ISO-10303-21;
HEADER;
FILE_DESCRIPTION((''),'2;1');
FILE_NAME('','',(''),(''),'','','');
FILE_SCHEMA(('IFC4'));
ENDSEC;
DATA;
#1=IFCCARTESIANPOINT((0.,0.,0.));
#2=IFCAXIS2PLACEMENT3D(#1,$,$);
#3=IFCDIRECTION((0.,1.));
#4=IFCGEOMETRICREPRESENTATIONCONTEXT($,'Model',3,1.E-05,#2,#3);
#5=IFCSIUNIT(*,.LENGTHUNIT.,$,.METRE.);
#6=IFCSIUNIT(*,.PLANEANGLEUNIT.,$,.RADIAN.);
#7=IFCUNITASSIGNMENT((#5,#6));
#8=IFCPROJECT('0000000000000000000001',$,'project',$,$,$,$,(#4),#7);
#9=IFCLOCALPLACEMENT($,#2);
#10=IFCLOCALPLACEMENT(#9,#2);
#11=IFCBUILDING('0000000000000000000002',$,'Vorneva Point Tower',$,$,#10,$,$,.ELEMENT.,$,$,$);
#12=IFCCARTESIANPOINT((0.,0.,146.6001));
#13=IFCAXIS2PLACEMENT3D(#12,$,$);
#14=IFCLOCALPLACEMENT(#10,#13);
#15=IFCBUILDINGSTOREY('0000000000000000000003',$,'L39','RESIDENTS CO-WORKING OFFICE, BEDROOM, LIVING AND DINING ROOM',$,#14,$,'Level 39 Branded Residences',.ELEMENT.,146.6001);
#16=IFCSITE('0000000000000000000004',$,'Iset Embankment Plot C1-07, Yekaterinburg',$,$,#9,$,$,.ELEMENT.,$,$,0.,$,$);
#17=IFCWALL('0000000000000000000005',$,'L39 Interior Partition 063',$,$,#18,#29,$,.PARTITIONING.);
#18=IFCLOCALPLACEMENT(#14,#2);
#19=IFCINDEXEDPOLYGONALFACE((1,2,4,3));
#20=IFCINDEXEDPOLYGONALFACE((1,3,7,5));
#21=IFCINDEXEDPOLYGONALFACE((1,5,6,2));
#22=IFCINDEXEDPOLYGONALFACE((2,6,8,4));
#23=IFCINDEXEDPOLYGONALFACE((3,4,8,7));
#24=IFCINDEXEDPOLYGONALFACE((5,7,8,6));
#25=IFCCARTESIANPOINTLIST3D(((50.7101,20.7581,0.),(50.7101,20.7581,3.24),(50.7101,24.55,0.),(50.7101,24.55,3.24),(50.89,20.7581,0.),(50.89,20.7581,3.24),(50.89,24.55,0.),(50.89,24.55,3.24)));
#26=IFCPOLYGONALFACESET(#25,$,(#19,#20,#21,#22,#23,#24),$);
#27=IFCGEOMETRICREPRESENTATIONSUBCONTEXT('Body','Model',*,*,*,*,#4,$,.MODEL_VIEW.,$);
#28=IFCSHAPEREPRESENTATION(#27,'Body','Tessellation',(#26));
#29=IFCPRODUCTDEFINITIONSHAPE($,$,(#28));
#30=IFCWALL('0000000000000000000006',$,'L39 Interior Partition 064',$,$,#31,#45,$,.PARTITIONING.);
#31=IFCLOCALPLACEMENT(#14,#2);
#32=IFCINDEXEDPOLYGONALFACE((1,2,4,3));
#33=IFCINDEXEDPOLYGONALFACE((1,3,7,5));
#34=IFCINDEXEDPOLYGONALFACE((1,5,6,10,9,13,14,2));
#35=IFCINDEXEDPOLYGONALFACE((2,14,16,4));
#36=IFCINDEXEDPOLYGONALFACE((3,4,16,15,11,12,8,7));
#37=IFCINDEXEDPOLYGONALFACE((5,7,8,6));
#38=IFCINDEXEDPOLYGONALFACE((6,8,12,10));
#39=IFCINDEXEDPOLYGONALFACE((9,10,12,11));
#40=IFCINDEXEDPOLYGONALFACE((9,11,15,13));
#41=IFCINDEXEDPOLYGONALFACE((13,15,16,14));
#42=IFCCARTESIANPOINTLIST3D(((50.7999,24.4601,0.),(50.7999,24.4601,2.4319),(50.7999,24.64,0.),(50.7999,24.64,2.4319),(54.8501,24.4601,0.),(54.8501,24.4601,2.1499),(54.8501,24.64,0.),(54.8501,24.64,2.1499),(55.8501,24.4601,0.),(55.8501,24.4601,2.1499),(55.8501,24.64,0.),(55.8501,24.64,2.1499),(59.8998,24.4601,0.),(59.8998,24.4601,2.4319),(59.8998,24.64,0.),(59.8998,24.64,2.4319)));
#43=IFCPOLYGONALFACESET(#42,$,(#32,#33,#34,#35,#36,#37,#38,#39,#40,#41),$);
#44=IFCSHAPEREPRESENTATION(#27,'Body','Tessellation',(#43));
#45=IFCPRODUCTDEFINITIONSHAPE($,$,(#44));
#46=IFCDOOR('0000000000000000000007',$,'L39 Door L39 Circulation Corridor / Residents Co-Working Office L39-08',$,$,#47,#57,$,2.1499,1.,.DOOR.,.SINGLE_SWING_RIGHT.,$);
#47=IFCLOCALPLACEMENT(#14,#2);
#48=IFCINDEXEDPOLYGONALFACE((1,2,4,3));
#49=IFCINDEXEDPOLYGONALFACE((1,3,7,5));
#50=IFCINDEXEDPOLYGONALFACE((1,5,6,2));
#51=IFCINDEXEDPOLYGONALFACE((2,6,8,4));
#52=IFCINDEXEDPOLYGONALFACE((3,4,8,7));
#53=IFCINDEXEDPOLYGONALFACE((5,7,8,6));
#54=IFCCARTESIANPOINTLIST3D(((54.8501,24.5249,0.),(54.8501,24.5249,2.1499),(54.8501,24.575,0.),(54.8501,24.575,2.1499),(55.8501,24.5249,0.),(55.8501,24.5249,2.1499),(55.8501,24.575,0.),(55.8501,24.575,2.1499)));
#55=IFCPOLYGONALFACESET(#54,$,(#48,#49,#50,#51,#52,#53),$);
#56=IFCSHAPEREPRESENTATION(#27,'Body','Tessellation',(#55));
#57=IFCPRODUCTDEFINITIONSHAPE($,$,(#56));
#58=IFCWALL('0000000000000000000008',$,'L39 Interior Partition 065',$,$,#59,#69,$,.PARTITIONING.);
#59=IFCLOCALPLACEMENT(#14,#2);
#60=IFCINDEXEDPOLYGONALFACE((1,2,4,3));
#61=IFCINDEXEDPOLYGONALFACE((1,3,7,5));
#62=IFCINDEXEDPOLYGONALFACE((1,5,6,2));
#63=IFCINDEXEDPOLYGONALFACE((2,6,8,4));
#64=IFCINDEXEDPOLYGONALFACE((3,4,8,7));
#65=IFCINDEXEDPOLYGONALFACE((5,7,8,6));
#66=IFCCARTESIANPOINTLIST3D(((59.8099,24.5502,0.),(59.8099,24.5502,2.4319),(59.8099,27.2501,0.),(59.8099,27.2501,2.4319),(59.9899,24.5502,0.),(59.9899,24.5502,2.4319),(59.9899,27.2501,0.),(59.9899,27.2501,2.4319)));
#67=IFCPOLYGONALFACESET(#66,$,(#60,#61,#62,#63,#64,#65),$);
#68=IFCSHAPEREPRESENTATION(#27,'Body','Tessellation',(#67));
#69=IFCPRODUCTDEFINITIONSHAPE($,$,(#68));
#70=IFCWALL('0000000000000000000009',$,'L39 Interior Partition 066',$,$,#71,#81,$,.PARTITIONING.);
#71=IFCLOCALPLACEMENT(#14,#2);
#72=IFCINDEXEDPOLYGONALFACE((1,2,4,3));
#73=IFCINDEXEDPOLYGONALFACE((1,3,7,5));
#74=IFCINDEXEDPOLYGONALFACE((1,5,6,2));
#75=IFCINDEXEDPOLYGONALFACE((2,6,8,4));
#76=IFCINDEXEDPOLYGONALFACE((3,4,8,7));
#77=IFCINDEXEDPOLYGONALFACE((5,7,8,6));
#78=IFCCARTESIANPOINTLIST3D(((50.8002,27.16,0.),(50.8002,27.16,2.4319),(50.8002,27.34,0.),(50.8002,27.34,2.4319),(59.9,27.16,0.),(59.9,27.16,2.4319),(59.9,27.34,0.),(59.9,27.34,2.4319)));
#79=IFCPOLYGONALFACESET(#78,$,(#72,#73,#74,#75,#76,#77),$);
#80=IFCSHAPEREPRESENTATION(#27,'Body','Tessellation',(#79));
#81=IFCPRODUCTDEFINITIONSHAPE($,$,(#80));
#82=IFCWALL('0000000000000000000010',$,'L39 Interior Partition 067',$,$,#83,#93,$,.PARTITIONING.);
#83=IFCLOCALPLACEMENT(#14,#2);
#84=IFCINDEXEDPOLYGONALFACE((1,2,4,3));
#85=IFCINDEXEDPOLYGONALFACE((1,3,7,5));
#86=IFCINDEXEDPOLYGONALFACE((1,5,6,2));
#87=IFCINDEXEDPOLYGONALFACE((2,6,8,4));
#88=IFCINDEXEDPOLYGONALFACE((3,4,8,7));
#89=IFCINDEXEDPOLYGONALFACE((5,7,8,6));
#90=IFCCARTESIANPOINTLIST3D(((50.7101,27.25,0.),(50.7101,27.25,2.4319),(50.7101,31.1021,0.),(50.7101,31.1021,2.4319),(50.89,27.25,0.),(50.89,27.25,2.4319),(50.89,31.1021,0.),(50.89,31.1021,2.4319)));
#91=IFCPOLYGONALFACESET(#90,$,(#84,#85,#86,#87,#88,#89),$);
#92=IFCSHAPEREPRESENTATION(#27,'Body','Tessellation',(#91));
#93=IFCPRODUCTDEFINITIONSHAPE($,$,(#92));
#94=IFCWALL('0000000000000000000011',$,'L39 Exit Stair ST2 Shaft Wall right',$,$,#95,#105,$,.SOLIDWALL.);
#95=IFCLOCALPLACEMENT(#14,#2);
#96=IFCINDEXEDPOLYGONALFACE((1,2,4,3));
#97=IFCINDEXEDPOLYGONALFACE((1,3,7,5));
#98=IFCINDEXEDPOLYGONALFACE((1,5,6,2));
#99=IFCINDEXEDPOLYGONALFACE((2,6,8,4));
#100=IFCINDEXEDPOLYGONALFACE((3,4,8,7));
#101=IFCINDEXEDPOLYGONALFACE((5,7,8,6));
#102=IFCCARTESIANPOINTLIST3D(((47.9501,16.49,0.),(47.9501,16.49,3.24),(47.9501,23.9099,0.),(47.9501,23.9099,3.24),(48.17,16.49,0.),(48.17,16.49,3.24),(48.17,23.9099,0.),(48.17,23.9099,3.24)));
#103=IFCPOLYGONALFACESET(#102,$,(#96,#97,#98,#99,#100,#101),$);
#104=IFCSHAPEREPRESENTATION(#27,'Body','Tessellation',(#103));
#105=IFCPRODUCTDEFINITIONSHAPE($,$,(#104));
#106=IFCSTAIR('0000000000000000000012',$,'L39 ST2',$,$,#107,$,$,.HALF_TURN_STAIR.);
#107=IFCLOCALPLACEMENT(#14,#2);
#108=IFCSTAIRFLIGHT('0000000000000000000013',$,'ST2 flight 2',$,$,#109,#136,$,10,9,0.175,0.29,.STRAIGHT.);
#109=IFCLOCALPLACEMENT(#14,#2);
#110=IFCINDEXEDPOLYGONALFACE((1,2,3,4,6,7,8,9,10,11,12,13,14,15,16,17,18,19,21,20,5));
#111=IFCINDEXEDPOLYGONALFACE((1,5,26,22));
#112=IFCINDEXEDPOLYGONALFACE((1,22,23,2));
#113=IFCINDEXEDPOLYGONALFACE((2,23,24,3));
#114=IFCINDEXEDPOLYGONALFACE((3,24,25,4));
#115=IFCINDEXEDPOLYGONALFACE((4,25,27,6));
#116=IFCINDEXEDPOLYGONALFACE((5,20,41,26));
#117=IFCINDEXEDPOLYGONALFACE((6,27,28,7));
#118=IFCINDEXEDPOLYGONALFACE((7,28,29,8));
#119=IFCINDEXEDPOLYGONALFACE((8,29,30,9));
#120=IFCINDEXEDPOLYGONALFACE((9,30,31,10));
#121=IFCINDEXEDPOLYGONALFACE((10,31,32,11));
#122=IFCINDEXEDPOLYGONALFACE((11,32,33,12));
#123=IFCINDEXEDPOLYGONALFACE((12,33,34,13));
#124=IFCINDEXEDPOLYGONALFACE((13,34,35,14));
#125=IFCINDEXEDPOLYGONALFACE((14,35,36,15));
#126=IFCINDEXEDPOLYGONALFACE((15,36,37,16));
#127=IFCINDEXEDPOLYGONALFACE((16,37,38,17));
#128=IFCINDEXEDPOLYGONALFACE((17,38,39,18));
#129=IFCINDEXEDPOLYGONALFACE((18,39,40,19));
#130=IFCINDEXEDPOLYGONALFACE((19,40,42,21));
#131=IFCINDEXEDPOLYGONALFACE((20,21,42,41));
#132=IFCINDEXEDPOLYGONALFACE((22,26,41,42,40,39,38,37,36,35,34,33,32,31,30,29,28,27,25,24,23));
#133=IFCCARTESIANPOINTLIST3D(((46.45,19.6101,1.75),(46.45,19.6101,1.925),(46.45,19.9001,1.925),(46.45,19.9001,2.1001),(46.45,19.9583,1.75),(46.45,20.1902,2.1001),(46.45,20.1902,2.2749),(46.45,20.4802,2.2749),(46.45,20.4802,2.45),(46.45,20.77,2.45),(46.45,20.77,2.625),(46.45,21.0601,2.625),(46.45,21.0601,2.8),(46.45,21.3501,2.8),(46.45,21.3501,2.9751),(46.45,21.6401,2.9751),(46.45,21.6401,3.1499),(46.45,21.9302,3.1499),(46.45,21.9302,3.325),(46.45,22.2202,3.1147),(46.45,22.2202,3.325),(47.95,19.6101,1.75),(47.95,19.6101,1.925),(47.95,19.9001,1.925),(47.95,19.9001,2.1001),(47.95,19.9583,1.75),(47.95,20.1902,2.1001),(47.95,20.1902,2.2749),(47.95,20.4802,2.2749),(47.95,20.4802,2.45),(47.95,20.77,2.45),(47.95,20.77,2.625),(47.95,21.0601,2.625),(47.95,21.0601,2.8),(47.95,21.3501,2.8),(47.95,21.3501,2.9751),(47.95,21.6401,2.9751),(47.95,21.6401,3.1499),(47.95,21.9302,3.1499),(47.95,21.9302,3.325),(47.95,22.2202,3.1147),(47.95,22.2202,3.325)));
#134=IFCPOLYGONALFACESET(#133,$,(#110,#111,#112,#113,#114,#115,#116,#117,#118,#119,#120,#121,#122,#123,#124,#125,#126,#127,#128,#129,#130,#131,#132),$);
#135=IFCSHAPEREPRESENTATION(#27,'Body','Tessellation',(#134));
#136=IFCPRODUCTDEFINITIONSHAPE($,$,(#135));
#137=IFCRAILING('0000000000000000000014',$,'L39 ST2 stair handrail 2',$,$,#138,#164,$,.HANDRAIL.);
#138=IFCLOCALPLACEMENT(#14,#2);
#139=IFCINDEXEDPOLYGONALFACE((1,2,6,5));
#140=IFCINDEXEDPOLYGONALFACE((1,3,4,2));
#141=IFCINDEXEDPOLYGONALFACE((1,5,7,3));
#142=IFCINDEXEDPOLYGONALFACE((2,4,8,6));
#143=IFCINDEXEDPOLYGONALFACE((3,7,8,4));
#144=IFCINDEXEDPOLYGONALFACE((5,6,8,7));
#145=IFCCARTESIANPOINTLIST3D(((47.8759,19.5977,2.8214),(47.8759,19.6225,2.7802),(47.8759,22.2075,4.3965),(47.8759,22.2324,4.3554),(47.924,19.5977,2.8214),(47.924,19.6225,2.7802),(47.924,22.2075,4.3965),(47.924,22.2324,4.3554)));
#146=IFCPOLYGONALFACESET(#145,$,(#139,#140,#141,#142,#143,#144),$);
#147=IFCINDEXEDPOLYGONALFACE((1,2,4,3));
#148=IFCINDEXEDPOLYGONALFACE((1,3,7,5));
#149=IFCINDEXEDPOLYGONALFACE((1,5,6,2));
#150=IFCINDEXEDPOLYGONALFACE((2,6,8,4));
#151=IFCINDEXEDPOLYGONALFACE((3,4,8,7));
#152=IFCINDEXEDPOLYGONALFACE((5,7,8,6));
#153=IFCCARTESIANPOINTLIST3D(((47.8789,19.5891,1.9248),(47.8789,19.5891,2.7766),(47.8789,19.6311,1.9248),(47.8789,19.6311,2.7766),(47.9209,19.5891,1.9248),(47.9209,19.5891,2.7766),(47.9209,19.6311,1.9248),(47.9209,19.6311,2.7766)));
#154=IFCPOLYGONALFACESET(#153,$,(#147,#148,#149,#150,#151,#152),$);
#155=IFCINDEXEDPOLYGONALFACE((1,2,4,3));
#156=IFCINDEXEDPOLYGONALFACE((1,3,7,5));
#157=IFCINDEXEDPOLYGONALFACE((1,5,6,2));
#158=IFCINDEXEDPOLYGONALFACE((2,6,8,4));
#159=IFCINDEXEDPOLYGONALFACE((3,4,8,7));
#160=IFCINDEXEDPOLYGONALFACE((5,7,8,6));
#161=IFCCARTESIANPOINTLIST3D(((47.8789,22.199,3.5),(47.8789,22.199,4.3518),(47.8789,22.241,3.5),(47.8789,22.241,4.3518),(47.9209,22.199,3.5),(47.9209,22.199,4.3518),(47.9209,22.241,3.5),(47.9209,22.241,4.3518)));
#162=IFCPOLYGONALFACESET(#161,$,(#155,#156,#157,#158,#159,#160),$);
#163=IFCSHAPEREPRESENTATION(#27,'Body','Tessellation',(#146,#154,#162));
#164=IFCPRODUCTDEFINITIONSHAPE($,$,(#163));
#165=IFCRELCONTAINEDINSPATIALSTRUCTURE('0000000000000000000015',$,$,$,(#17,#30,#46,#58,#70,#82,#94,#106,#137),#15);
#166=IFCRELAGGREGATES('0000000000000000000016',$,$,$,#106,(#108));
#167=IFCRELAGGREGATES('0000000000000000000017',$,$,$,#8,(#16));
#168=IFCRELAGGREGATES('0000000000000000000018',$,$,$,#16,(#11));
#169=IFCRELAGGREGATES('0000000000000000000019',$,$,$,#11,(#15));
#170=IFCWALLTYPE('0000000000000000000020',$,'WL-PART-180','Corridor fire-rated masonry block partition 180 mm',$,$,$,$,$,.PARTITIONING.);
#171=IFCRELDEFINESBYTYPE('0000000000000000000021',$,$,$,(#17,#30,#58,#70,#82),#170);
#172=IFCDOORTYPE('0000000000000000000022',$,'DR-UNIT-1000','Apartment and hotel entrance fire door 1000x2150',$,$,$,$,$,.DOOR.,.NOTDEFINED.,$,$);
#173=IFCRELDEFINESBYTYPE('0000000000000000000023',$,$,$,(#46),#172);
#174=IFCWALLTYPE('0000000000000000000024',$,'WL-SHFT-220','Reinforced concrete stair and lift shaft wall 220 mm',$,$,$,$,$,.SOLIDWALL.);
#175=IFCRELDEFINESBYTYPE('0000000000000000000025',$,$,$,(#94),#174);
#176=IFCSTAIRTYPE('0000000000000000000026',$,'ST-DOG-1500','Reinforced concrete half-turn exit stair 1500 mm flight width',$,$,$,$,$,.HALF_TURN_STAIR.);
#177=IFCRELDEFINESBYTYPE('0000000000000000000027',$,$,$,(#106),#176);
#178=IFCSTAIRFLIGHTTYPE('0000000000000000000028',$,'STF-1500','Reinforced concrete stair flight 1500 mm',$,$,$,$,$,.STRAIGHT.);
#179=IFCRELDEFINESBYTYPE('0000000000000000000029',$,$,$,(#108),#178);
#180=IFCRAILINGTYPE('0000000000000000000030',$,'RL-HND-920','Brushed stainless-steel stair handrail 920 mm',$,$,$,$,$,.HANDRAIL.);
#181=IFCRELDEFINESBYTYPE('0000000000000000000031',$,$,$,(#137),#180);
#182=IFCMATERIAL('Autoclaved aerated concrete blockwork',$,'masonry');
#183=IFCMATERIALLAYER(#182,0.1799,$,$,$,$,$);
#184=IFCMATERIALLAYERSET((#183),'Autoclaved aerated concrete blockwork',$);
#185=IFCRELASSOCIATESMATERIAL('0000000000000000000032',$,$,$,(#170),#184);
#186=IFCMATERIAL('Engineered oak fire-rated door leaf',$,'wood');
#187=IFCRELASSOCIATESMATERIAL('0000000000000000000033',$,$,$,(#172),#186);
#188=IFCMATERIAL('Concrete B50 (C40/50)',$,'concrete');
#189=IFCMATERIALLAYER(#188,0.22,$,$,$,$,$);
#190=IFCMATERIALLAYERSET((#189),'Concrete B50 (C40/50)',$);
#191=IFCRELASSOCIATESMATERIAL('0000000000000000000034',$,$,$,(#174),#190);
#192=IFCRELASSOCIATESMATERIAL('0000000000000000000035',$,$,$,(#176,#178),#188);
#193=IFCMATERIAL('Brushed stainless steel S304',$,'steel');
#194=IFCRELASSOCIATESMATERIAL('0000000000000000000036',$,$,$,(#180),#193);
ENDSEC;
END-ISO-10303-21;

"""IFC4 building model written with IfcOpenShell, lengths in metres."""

from ifc_helpers import new_model, si_unit, direction, frame, frame_2d, origin, origin_2d, place, context, subcontext, project, spatial, polyline, rectangle, outline, extrude, material, layer, layer_set, type_object, element, fill, aggregate, save


model = new_model("IFC4")

# Units and contexts
model_context = context("Model", 3, precision=1e-05, world=origin(), true_north=direction((0.0, 1.0)))
body_context = subcontext(model_context, "Body", "Model", "MODEL_VIEW")
ifc_project = project(units=[si_unit("LENGTHUNIT", "METRE"), si_unit("PLANEANGLEUNIT", "RADIAN")], contexts=[model_context])

# Site, building, storey
site_placement = place(None, origin())
site = spatial("IfcSite", under=ifc_project, at=site_placement, Name="Iset Embankment Plot C1-07, Yekaterinburg", CompositionType="ELEMENT", RefElevation=0.0)
building_placement = place(site_placement, origin())
building = spatial("IfcBuilding", under=site, at=building_placement, Name="Vorneva Point Tower", CompositionType="ELEMENT")
storey_placement = place(building_placement, frame((0.0, 0.0, 146.6001)))
storey = spatial("IfcBuildingStorey", under=building, at=storey_placement, Name="L39", Description="RESIDENTS CO-WORKING OFFICE, BEDROOM, LIVING AND DINING ROOM", LongName="Level 39 Branded Residences", CompositionType="ELEMENT", Elevation=146.6001)

# Shared definitions
ifc_material_1 = material(Name="Autoclaved aerated concrete blockwork", Category="masonry")
ifc_layer_1 = layer(ifc_material_1, 0.1799)
ifc_layer_set_1 = layer_set([ifc_layer_1], Name="Autoclaved aerated concrete blockwork")
wall_type_1 = type_object("IfcWallType", Name="WL-PART-180", Description="Corridor fire-rated masonry block partition 180 mm", PredefinedType="PARTITIONING", material=ifc_layer_set_1)

# Wall
wall_1_placement = place(storey_placement, frame((50.8, 20.7581, 0.0), z_axis=(0.0, 0.0, 1.0), x_axis=(0.0, 1.0, 0.0)))
element("IfcWall", 1, at=wall_1_placement, inside=storey, type_object=wall_type_1, Name="L39 Interior Partition 063", PredefinedType="PARTITIONING", context=body_context, shape_type="SweptSolid", body=[
    extrude(rectangle(XDim=3.792, YDim=0.1799, at=frame_2d((1.896, 0.0))), origin(), (0.0, 0.0, 1.0), 3.24),
])

# Wall, opening, door
wall_2_placement = place(storey_placement, frame((50.8, 24.55, 0.0), z_axis=(0.0, 0.0, 1.0), x_axis=(1.0, 0.0, 0.0)))
wall_2 = element("IfcWall", 2, at=wall_2_placement, inside=storey, type_object=wall_type_1, Name="L39 Interior Partition 064", PredefinedType="PARTITIONING", context=body_context, shape_type="SweptSolid", body=[
    extrude(rectangle(XDim=9.0999, YDim=0.1799, at=frame_2d((4.5498, 0.0))), origin(), (0.0, 0.0, 1.0), 2.4319),
])
opening_1_placement = place(wall_2_placement, frame((4.05, 0.0, 0.0)))
opening_1 = element("IfcOpeningElement", 3, at=opening_1_placement, cuts=wall_2, PredefinedType="OPENING", context=body_context, shape_type="SweptSolid", body=[
    extrude(rectangle(XDim=1.0, YDim=2.1499, at=frame_2d((0.5, 1.075))), frame((0.0, 0.105, 0.0), z_axis=(0.0, -1.0, 0.0), x_axis=(1.0, 0.0, 0.0)), (0.0, 0.0, 1.0), 0.2097),
])
ifc_material_2 = material(Name="Engineered oak fire-rated door leaf", Category="wood")
door_type_1 = type_object("IfcDoorType", Name="DR-UNIT-1000", Description="Apartment and hotel entrance fire door 1000x2150", OperationType="NOTDEFINED", PredefinedType="DOOR", material=ifc_material_2)
door_1_placement = place(opening_1_placement, origin())
door_1 = element("IfcDoor", 4, at=door_1_placement, inside=storey, type_object=door_type_1, Name="L39 Door L39 Circulation Corridor / Residents Co-Working Office L39-08", OperationType="SINGLE_SWING_RIGHT", OverallHeight=2.1499, OverallWidth=1.0, PredefinedType="DOOR", context=body_context, shape_type="SweptSolid", body=[
    extrude(rectangle(XDim=1.0, YDim=2.1499, at=frame_2d((0.5, 1.075))), frame((0.0, 0.0249, 0.0), z_axis=(0.0, -1.0, 0.0), x_axis=(1.0, 0.0, 0.0)), (0.0, 0.0, 1.0), 0.05),
])
fill(opening_1, door_1)

# Walls
wall_3_placement = place(storey_placement, frame((59.8999, 24.55, 0.0), z_axis=(0.0, 0.0, 1.0), x_axis=(0.0, 1.0, 0.0)))
element("IfcWall", 5, at=wall_3_placement, inside=storey, type_object=wall_type_1, Name="L39 Interior Partition 065", PredefinedType="PARTITIONING", context=body_context, shape_type="SweptSolid", body=[
    extrude(rectangle(XDim=2.7, YDim=0.1799, at=frame_2d((1.3501, 0.0))), origin(), (0.0, 0.0, 1.0), 2.4319),
])
wall_4_placement = place(storey_placement, frame((59.8999, 27.25, 0.0), z_axis=(0.0, 0.0, 1.0), x_axis=(-1.0, 0.0, 0.0)))
element("IfcWall", 6, at=wall_4_placement, inside=storey, type_object=wall_type_1, Name="L39 Interior Partition 066", PredefinedType="PARTITIONING", context=body_context, shape_type="SweptSolid", body=[
    extrude(rectangle(XDim=9.0999, YDim=0.1799, at=frame_2d((4.5498, 0.0))), origin(), (0.0, 0.0, 1.0), 2.4319),
])
wall_5_placement = place(storey_placement, frame((50.8, 27.25, 0.0), z_axis=(0.0, 0.0, 1.0), x_axis=(0.0, 1.0, 0.0)))
element("IfcWall", 7, at=wall_5_placement, inside=storey, type_object=wall_type_1, Name="L39 Interior Partition 067", PredefinedType="PARTITIONING", context=body_context, shape_type="SweptSolid", body=[
    extrude(rectangle(XDim=3.8521, YDim=0.1799, at=frame_2d((1.926, 0.0))), origin(), (0.0, 0.0, 1.0), 2.4319),
])
ifc_material_3 = material(Name="Concrete B50 (C40/50)", Category="concrete")
ifc_layer_2 = layer(ifc_material_3, 0.22)
ifc_layer_set_2 = layer_set([ifc_layer_2], Name="Concrete B50 (C40/50)")
wall_type_2 = type_object("IfcWallType", Name="WL-SHFT-220", Description="Reinforced concrete stair and lift shaft wall 220 mm", PredefinedType="SOLIDWALL", material=ifc_layer_set_2)
wall_6_placement = place(storey_placement, frame((48.0601, 23.9099, 0.0), z_axis=(0.0, 0.0, 1.0), x_axis=(0.0, -1.0, 0.0)))
element("IfcWall", 8, at=wall_6_placement, inside=storey, type_object=wall_type_2, Name="L39 Exit Stair ST2 Shaft Wall right", PredefinedType="SOLIDWALL", context=body_context, shape_type="SweptSolid", body=[
    extrude(rectangle(XDim=7.4199, YDim=0.22, at=frame_2d((3.71, 0.0))), origin(), (0.0, 0.0, 1.0), 3.24),
])

# Stair, stair flight
stair_type = type_object("IfcStairType", Name="ST-DOG-1500", Description="Reinforced concrete half-turn exit stair 1500 mm flight width", PredefinedType="HALF_TURN_STAIR", material=ifc_material_3)
stair_placement = place(storey_placement, origin())
stair = element("IfcStair", 9, at=stair_placement, inside=storey, type_object=stair_type, Name="L39 ST2", PredefinedType="HALF_TURN_STAIR")
stair_flight_type = type_object("IfcStairFlightType", Name="STF-1500", Description="Reinforced concrete stair flight 1500 mm", PredefinedType="STRAIGHT", material=ifc_material_3)
stair_flight_placement = place(storey_placement, frame((47.2, 19.6101, 1.75), z_axis=(0.0, 0.0, 1.0), x_axis=(0.0, 1.0, 0.0)))
stair_flight = element("IfcStairFlight", 10, at=stair_flight_placement, type_object=stair_flight_type, Name="ST2 flight 2", NumberOfRisers=10, NumberOfTreads=9, PredefinedType="STRAIGHT", RiserHeight=0.175, TreadLength=0.29, context=body_context, shape_type="SweptSolid", body=[
    extrude(outline(polyline([(0.0, 0.0), (0.0, 0.175), (0.29, 0.175), (0.29, 0.3501), (0.5801, 0.3501), (0.5801, 0.5249), (0.8701, 0.5249), (0.8701, 0.7), (1.1599, 0.7), (1.1599, 0.875), (1.45, 0.875), (1.45, 1.05), (1.74, 1.05), (1.74, 1.2251), (2.03, 1.2251), (2.03, 1.3999), (2.3201, 1.3999), (2.3201, 1.575), (2.6101, 1.575), (2.6101, 1.75), (2.6101, 1.3647), (0.3481, 0.0), (0.0, 0.0)])), frame((0.0, 0.75, 0.0), z_axis=(0.0, -1.0, 0.0), x_axis=(1.0, 0.0, 0.0)), (0.0, 0.0, 1.0), 1.5),
])
aggregate(stair, [stair_flight])

# Railing
ifc_material_4 = material(Name="Brushed stainless steel S304", Category="steel")
railing_type_1 = type_object("IfcRailingType", Name="RL-HND-920", Description="Brushed stainless-steel stair handrail 920 mm", PredefinedType="HANDRAIL", material=ifc_material_4)
railing_1_placement = place(storey_placement, frame((47.8999, 19.6101, 1.9248)))
element("IfcRailing", 11, at=railing_1_placement, inside=storey, type_object=railing_type_1, Name="L39 ST2 stair handrail 2", PredefinedType="HANDRAIL", context=body_context, shape_type="SweptSolid", body=[
    extrude(rectangle(XDim=0.0481, YDim=0.0481, at=origin_2d()), frame((0.0, 0.0, 0.876), z_axis=(0.0, 0.856147, 0.516732), x_axis=(-1.0, 0.0, 0.0)), (0.0, 0.0, 1.0), 3.0483),
    extrude(rectangle(XDim=0.042, YDim=0.042, at=origin_2d()), origin(), (0.0, 0.0, 1.0), 0.8518),
    extrude(rectangle(XDim=0.042, YDim=0.042, at=origin_2d()), frame((0.0, 2.6099, 1.5752)), (0.0, 0.0, 1.0), 0.8518),
])

save(model, "model.ifc")
